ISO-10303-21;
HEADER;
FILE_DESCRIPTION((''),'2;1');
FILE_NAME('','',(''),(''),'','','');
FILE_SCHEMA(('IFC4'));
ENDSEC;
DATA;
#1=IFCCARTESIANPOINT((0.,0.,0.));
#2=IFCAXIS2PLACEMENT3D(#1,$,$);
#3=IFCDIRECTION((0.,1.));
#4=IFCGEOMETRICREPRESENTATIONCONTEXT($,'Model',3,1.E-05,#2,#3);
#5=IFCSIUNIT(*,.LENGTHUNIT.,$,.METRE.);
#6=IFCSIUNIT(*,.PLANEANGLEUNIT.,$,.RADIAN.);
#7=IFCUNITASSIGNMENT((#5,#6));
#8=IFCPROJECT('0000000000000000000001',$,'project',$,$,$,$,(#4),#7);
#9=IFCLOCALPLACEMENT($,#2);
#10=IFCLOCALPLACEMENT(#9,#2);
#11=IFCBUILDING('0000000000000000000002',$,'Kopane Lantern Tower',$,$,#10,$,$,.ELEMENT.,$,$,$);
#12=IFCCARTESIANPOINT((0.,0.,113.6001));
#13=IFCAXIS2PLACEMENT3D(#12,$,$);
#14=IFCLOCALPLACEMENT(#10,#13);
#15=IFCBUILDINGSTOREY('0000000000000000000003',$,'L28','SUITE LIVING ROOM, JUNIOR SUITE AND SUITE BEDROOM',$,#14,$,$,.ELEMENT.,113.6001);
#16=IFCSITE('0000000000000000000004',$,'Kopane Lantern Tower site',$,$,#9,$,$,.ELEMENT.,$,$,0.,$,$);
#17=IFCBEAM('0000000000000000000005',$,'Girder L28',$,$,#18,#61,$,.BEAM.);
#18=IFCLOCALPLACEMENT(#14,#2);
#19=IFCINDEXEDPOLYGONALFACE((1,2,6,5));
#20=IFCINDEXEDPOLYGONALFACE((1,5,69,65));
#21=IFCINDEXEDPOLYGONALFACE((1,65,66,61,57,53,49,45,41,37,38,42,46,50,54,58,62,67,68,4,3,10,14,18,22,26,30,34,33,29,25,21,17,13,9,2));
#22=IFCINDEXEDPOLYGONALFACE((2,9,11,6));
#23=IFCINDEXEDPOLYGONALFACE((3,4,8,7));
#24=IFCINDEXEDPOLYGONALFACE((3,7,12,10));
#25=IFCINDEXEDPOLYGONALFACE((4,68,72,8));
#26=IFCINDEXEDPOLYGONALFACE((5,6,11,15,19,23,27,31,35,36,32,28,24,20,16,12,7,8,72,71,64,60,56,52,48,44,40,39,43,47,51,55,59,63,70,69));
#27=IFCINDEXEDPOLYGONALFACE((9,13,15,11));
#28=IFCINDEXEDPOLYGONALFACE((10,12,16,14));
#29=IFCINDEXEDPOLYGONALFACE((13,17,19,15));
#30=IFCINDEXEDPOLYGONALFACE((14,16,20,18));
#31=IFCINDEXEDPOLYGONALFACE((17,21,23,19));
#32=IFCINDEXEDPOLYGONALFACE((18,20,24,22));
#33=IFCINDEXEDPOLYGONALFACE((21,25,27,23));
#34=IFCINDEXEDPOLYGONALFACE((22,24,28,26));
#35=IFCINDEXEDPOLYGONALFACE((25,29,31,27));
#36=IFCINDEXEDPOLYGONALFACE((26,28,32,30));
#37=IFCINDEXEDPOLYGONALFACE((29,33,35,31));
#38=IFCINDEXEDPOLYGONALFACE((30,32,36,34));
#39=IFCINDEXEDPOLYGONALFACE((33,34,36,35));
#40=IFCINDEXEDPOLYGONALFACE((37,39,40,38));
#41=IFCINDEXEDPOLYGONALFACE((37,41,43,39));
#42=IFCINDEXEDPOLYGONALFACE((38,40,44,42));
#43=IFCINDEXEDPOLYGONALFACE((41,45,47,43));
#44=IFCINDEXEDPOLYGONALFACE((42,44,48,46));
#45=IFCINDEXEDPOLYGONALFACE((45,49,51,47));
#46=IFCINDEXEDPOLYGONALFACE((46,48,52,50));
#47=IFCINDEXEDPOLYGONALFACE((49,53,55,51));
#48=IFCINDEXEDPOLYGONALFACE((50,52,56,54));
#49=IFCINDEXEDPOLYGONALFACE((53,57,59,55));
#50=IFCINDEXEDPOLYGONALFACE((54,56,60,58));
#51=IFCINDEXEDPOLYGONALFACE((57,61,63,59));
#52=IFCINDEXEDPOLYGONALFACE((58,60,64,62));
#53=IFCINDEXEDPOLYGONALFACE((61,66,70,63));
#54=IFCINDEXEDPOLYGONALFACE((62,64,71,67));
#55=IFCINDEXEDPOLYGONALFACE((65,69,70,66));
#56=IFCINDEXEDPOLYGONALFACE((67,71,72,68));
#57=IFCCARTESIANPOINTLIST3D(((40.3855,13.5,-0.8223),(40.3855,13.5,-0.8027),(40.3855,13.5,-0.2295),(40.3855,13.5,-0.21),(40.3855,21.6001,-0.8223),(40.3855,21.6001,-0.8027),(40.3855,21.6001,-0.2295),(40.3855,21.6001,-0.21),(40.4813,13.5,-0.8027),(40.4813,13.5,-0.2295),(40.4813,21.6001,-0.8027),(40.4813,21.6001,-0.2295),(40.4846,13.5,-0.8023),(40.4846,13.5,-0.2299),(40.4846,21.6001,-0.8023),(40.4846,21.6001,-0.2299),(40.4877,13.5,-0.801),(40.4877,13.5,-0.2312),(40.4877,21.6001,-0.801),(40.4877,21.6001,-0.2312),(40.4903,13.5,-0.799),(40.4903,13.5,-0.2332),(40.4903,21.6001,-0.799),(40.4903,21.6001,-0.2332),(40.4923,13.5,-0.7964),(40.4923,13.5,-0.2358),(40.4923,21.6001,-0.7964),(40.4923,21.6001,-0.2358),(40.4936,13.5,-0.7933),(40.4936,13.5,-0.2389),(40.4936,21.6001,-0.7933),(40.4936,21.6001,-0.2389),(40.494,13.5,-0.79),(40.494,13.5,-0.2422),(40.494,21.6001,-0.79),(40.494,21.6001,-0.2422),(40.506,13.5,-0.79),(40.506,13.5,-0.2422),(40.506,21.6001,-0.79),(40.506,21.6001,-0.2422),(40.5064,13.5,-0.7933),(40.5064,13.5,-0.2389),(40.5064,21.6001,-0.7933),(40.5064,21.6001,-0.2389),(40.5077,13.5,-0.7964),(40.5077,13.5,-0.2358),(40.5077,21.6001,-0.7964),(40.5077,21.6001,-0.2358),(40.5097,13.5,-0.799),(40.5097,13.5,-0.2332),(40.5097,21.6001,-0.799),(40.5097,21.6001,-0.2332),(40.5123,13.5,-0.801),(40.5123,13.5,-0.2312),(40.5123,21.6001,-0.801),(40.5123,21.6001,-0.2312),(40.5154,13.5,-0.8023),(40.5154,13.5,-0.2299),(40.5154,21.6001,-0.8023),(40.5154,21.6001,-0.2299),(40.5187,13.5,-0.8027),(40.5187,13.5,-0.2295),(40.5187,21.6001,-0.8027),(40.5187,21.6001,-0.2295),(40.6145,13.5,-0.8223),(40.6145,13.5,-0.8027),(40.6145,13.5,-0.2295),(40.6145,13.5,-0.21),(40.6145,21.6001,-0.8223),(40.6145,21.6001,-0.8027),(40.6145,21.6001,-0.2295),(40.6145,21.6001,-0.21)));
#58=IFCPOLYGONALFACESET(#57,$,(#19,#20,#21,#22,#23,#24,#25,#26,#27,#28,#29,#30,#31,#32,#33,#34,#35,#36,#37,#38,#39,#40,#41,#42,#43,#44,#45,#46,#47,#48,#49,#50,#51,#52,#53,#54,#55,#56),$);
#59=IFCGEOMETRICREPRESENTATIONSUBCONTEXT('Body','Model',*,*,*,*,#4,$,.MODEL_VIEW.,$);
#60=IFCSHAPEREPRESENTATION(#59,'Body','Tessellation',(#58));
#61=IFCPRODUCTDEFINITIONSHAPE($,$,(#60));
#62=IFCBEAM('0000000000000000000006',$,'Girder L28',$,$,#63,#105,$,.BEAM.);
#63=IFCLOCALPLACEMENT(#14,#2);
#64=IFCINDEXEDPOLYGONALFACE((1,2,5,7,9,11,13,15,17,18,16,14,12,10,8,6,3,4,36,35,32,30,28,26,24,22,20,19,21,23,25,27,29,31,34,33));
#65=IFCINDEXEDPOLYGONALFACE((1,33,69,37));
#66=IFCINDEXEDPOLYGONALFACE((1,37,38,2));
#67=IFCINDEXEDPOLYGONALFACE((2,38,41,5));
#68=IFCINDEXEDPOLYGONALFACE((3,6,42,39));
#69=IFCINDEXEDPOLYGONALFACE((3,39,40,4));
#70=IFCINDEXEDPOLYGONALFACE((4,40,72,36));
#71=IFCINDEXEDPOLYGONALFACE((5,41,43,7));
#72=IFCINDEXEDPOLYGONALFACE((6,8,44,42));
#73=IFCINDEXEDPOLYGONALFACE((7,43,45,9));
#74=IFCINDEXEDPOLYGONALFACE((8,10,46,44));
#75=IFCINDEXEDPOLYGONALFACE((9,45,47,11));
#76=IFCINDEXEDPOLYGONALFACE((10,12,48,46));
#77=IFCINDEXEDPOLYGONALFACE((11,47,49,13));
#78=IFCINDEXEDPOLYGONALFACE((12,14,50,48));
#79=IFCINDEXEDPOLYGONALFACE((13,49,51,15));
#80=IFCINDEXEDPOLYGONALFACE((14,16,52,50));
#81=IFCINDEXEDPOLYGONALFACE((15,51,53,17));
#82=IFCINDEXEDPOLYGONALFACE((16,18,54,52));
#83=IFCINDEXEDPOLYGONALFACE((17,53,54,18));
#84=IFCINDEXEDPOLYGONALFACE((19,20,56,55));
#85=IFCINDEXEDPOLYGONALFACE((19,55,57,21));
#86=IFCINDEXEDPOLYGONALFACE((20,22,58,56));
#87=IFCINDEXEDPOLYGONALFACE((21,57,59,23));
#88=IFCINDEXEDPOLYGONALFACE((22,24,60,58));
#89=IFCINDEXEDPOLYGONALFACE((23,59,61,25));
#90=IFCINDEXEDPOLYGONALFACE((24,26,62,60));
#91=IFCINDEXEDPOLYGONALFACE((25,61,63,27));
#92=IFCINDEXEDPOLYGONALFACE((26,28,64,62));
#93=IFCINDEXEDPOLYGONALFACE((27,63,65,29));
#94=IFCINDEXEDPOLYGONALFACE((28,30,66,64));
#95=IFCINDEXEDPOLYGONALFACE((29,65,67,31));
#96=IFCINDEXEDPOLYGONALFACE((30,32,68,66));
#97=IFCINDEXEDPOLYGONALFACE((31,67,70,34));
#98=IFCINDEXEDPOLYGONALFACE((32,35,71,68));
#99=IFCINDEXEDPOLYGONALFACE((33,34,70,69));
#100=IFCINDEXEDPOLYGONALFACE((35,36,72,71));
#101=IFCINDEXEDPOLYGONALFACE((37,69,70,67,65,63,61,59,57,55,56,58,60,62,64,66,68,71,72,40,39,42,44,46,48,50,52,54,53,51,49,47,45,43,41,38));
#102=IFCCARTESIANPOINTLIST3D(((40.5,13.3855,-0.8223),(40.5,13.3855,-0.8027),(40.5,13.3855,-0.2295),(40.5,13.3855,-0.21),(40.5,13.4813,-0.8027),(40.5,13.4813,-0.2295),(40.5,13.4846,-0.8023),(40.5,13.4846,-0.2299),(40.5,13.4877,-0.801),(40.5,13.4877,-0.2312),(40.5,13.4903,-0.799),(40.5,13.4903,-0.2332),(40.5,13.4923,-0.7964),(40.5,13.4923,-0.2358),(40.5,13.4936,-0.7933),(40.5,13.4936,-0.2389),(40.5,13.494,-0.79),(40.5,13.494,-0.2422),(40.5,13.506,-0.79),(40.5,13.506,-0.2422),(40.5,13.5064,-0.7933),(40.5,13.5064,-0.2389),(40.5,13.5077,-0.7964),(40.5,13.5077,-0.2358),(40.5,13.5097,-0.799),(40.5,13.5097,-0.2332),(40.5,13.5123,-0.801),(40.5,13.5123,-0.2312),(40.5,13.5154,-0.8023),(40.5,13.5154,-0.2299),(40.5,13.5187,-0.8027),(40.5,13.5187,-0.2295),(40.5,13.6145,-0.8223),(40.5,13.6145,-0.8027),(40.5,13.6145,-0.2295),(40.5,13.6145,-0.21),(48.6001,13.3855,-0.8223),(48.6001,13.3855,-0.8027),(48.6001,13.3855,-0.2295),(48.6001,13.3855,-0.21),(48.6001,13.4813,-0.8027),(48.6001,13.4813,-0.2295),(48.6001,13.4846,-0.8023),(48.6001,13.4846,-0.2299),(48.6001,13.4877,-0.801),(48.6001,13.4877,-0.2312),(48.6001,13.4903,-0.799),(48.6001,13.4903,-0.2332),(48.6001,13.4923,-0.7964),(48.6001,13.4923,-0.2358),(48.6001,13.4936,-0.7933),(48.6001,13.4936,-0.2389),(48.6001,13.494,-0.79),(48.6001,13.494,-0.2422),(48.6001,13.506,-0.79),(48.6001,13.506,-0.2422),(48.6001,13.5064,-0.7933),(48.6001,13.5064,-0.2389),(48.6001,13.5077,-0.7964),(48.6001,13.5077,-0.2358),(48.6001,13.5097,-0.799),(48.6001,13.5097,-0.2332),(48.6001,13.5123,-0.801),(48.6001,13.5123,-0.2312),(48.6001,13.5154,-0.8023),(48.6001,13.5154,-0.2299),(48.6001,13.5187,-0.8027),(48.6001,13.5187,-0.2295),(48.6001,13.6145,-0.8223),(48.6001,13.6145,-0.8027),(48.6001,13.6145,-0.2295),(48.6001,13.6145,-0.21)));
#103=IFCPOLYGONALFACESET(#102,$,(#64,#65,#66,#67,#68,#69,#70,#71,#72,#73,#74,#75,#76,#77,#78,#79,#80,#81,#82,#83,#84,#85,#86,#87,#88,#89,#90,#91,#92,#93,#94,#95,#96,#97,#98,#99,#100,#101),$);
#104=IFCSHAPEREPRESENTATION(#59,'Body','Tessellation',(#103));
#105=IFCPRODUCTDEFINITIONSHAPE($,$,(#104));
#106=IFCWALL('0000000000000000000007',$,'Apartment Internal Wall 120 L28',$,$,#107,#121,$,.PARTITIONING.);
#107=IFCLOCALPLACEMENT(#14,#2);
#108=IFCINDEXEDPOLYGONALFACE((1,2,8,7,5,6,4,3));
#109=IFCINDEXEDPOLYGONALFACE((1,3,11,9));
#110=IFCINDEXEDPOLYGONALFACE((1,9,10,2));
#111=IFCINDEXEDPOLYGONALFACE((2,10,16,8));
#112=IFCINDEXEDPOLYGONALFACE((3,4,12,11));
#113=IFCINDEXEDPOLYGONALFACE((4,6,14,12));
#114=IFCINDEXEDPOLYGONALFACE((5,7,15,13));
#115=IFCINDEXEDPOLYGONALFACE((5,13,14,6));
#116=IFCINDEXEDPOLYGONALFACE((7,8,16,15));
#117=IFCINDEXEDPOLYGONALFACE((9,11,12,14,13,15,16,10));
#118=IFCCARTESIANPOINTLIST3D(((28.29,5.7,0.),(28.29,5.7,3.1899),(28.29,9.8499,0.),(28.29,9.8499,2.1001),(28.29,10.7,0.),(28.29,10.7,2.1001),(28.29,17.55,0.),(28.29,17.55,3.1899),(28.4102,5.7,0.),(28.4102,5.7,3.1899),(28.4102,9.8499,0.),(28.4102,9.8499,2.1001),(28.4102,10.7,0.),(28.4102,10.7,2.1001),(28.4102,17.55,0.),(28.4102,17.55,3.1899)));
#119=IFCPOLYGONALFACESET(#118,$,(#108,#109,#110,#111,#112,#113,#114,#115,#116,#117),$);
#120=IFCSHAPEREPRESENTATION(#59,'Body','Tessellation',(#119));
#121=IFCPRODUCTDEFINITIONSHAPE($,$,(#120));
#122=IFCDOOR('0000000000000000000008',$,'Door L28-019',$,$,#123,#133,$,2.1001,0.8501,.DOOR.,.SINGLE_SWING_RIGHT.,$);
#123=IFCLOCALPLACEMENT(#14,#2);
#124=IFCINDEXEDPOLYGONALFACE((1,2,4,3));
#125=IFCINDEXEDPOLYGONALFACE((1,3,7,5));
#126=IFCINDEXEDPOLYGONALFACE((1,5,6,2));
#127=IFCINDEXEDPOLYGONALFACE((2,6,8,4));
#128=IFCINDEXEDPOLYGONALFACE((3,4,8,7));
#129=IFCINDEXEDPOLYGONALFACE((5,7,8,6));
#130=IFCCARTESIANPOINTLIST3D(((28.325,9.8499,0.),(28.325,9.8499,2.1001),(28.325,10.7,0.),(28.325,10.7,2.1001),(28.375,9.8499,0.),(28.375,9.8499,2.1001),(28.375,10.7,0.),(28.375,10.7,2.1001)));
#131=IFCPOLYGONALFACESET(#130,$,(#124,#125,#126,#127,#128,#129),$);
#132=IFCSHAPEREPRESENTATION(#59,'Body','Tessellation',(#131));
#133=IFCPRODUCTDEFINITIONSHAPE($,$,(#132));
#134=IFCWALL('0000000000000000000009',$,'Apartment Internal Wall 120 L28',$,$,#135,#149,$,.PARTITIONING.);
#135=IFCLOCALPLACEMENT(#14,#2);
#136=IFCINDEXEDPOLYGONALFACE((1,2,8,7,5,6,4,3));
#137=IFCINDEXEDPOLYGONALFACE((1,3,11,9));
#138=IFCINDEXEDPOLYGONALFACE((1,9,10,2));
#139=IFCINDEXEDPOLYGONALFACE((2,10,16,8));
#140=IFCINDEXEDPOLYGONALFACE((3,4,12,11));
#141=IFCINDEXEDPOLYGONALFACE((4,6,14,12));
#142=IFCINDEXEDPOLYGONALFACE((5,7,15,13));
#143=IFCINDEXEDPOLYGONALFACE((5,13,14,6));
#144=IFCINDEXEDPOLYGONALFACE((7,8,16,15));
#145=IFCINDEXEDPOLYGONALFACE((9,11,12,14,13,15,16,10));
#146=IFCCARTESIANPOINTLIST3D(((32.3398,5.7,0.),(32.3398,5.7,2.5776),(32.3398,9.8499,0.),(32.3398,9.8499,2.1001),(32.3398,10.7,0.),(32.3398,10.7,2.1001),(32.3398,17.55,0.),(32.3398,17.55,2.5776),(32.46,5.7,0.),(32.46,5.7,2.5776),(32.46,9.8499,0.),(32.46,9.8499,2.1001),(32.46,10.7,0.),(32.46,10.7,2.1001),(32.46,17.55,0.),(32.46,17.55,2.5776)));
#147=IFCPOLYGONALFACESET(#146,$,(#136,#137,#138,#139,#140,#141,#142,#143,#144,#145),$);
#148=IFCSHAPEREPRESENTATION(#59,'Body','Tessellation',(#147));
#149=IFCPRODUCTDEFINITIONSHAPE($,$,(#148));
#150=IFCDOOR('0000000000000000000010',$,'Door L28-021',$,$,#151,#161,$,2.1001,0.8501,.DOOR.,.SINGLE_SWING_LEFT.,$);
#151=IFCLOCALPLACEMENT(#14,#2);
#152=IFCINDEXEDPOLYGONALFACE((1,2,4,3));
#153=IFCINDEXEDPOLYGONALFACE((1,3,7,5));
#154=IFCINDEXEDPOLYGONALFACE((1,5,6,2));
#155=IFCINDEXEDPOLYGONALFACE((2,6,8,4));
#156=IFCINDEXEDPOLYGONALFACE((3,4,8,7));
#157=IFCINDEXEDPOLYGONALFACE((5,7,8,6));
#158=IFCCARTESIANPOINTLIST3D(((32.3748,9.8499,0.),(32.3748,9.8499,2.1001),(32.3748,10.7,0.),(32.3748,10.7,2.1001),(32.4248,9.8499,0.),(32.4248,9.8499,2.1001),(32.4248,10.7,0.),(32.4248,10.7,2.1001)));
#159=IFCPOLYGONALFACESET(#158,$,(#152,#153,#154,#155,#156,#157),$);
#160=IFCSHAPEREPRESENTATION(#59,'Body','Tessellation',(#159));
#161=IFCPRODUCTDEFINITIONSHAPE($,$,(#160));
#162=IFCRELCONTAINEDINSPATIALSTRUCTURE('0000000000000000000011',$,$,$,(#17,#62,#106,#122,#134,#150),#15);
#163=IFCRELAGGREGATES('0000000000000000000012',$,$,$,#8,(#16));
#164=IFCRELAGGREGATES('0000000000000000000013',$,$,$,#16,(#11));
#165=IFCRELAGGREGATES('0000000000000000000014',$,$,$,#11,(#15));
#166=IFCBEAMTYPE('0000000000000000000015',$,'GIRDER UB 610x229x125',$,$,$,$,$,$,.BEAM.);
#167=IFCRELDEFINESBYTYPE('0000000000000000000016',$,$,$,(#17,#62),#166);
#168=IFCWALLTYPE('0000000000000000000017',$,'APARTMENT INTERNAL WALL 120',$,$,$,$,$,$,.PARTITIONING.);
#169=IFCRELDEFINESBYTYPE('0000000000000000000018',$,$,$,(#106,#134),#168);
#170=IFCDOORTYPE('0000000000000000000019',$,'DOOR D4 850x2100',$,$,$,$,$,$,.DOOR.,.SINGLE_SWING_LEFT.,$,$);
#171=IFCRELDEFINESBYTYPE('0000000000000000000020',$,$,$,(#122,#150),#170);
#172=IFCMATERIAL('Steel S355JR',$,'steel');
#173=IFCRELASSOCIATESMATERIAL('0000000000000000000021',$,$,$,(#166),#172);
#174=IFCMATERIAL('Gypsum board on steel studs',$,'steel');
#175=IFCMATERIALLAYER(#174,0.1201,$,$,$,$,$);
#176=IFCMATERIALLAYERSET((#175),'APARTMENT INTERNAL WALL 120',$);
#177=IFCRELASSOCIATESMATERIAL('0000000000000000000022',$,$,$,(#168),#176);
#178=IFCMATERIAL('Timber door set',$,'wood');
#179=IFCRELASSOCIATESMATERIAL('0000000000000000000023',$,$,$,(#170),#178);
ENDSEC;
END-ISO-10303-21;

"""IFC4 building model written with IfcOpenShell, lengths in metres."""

from ifc_helpers import new_model, si_unit, direction, frame, frame_2d, origin, origin_2d, place, context, subcontext, project, spatial, rectangle, i_section, extrude, material, layer, layer_set, material_profile, profile_set, type_object, element, fill, save


model = new_model("IFC4")

# Units and contexts
model_context = context("Model", 3, precision=1e-05, world=origin(), true_north=direction((0.0, 1.0)))
body_context = subcontext(model_context, "Body", "Model", "MODEL_VIEW")
ifc_project = project(units=[si_unit("LENGTHUNIT", "METRE"), si_unit("PLANEANGLEUNIT", "RADIAN")], contexts=[model_context])

# Site, building, storey
site_placement = place(None, origin())
site = spatial("IfcSite", under=ifc_project, at=site_placement, Name="Kopane Lantern Tower site", CompositionType="ELEMENT", RefElevation=0.0)
building_placement = place(site_placement, origin())
building = spatial("IfcBuilding", under=site, at=building_placement, Name="Kopane Lantern Tower", CompositionType="ELEMENT")
storey_placement = place(building_placement, frame((0.0, 0.0, 113.6001)))
storey = spatial("IfcBuildingStorey", under=building, at=storey_placement, Name="L28", Description="SUITE LIVING ROOM, JUNIOR SUITE AND SUITE BEDROOM", CompositionType="ELEMENT", Elevation=113.6001)

# Beams
ifc_material_1 = material(Name="Steel S355JR", Category="steel")
ifc_material_profile_1 = material_profile(ifc_material_1, i_section(OverallWidth=0.229, OverallDepth=0.6123, WebThickness=0.012, FlangeThickness=0.0195, FilletRadius=0.0127, at=origin_2d()), Name="UB 610x229x125")
ifc_profile_set_1 = profile_set([ifc_material_profile_1], Name="Steel S355JR")
beam_type = type_object("IfcBeamType", Name="GIRDER UB 610x229x125", PredefinedType="BEAM", material=ifc_profile_set_1)
for number, where, z_axis, x_axis, name in (
    (1, (40.5, 13.5, -0.5161), (0.0, 1.0, 0.0), (-1.0, 0.0, 0.0), "Girder L28"),
    (2, (40.5, 13.5, -0.5161), (1.0, 0.0, 0.0), (0.0, 1.0, 0.0), "Girder L28"),
):
    element("IfcBeam", number, at=place(storey_placement, frame(where, z_axis=z_axis, x_axis=x_axis)), inside=storey, type_object=beam_type, Name=name, PredefinedType="BEAM", context=body_context, shape_type="SweptSolid", body=[
        extrude(i_section(OverallWidth=0.229, OverallDepth=0.6123, WebThickness=0.012, FlangeThickness=0.0195, FilletRadius=0.0127, at=origin_2d()), origin(), (0.0, 0.0, 1.0), 8.1001),
    ])

# Walls, openings, doors
ifc_material_2 = material(Name="Gypsum board on steel studs", Category="steel")
ifc_layer_1 = layer(ifc_material_2, 0.1201)
ifc_layer_set_1 = layer_set([ifc_layer_1], Name="APARTMENT INTERNAL WALL 120")
wall_type_1 = type_object("IfcWallType", Name="APARTMENT INTERNAL WALL 120", PredefinedType="PARTITIONING", material=ifc_layer_set_1)
wall_1_placement = place(storey_placement, frame((28.3501, 17.55, 0.0), z_axis=(0.0, 0.0, 1.0), x_axis=(0.0, -1.0, 0.0)))
wall_1 = element("IfcWall", 3, at=wall_1_placement, inside=storey, type_object=wall_type_1, Name="Apartment Internal Wall 120 L28", PredefinedType="PARTITIONING", context=body_context, shape_type="SweptSolid", body=[
    extrude(rectangle(XDim=11.8501, YDim=0.1201, at=frame_2d((5.925, 0.0))), origin(), (0.0, 0.0, 1.0), 3.1899),
])
opening_1_placement = place(wall_1_placement, frame((6.8501, 0.0, 0.0)))
opening_1 = element("IfcOpeningElement", 4, at=opening_1_placement, cuts=wall_1, PredefinedType="OPENING", context=body_context, shape_type="SweptSolid", body=[
    extrude(rectangle(XDim=0.8501, YDim=2.1001, at=frame_2d((0.425, 1.05))), frame((0.0, 0.0701, 0.0), z_axis=(0.0, -1.0, 0.0), x_axis=(1.0, 0.0, 0.0)), (0.0, 0.0, 1.0), 0.1401),
])
ifc_material_3 = material(Name="Timber door set", Category="wood")
door_type_1 = type_object("IfcDoorType", Name="DOOR D4 850x2100", OperationType="SINGLE_SWING_LEFT", PredefinedType="DOOR", material=ifc_material_3)
door_1_placement = place(opening_1_placement, origin())
door_1 = element("IfcDoor", 5, at=door_1_placement, inside=storey, type_object=door_type_1, Name="Door L28-019", OperationType="SINGLE_SWING_RIGHT", OverallHeight=2.1001, OverallWidth=0.8501, PredefinedType="DOOR", context=body_context, shape_type="SweptSolid", body=[
    extrude(rectangle(XDim=0.8501, YDim=2.1001, at=frame_2d((0.425, 1.05))), frame((0.0, 0.0249, 0.0), z_axis=(0.0, -1.0, 0.0), x_axis=(1.0, 0.0, 0.0)), (0.0, 0.0, 1.0), 0.05),
])
fill(opening_1, door_1)
wall_2_placement = place(storey_placement, frame((32.3999, 17.55, 0.0), z_axis=(0.0, 0.0, 1.0), x_axis=(0.0, -1.0, 0.0)))
wall_2 = element("IfcWall", 6, at=wall_2_placement, inside=storey, type_object=wall_type_1, Name="Apartment Internal Wall 120 L28", PredefinedType="PARTITIONING", context=body_context, shape_type="SweptSolid", body=[
    extrude(rectangle(XDim=11.8501, YDim=0.1201, at=frame_2d((5.925, 0.0))), origin(), (0.0, 0.0, 1.0), 2.5776),
])
opening_2_placement = place(wall_2_placement, frame((6.8501, 0.0, 0.0)))
opening_2 = element("IfcOpeningElement", 7, at=opening_2_placement, cuts=wall_2, PredefinedType="OPENING", context=body_context, shape_type="SweptSolid", body=[
    extrude(rectangle(XDim=0.8501, YDim=2.1001, at=frame_2d((0.425, 1.05))), frame((0.0, 0.0701, 0.0), z_axis=(0.0, -1.0, 0.0), x_axis=(1.0, 0.0, 0.0)), (0.0, 0.0, 1.0), 0.1401),
])
door_2_placement = place(opening_2_placement, origin())
door_2 = element("IfcDoor", 8, at=door_2_placement, inside=storey, type_object=door_type_1, Name="Door L28-021", OperationType="SINGLE_SWING_LEFT", OverallHeight=2.1001, OverallWidth=0.8501, PredefinedType="DOOR", context=body_context, shape_type="SweptSolid", body=[
    extrude(rectangle(XDim=0.8501, YDim=2.1001, at=frame_2d((0.425, 1.05))), frame((0.0, 0.0249, 0.0), z_axis=(0.0, -1.0, 0.0), x_axis=(1.0, 0.0, 0.0)), (0.0, 0.0, 1.0), 0.05),
])
fill(opening_2, door_2)

save(model, "model.ifc")
